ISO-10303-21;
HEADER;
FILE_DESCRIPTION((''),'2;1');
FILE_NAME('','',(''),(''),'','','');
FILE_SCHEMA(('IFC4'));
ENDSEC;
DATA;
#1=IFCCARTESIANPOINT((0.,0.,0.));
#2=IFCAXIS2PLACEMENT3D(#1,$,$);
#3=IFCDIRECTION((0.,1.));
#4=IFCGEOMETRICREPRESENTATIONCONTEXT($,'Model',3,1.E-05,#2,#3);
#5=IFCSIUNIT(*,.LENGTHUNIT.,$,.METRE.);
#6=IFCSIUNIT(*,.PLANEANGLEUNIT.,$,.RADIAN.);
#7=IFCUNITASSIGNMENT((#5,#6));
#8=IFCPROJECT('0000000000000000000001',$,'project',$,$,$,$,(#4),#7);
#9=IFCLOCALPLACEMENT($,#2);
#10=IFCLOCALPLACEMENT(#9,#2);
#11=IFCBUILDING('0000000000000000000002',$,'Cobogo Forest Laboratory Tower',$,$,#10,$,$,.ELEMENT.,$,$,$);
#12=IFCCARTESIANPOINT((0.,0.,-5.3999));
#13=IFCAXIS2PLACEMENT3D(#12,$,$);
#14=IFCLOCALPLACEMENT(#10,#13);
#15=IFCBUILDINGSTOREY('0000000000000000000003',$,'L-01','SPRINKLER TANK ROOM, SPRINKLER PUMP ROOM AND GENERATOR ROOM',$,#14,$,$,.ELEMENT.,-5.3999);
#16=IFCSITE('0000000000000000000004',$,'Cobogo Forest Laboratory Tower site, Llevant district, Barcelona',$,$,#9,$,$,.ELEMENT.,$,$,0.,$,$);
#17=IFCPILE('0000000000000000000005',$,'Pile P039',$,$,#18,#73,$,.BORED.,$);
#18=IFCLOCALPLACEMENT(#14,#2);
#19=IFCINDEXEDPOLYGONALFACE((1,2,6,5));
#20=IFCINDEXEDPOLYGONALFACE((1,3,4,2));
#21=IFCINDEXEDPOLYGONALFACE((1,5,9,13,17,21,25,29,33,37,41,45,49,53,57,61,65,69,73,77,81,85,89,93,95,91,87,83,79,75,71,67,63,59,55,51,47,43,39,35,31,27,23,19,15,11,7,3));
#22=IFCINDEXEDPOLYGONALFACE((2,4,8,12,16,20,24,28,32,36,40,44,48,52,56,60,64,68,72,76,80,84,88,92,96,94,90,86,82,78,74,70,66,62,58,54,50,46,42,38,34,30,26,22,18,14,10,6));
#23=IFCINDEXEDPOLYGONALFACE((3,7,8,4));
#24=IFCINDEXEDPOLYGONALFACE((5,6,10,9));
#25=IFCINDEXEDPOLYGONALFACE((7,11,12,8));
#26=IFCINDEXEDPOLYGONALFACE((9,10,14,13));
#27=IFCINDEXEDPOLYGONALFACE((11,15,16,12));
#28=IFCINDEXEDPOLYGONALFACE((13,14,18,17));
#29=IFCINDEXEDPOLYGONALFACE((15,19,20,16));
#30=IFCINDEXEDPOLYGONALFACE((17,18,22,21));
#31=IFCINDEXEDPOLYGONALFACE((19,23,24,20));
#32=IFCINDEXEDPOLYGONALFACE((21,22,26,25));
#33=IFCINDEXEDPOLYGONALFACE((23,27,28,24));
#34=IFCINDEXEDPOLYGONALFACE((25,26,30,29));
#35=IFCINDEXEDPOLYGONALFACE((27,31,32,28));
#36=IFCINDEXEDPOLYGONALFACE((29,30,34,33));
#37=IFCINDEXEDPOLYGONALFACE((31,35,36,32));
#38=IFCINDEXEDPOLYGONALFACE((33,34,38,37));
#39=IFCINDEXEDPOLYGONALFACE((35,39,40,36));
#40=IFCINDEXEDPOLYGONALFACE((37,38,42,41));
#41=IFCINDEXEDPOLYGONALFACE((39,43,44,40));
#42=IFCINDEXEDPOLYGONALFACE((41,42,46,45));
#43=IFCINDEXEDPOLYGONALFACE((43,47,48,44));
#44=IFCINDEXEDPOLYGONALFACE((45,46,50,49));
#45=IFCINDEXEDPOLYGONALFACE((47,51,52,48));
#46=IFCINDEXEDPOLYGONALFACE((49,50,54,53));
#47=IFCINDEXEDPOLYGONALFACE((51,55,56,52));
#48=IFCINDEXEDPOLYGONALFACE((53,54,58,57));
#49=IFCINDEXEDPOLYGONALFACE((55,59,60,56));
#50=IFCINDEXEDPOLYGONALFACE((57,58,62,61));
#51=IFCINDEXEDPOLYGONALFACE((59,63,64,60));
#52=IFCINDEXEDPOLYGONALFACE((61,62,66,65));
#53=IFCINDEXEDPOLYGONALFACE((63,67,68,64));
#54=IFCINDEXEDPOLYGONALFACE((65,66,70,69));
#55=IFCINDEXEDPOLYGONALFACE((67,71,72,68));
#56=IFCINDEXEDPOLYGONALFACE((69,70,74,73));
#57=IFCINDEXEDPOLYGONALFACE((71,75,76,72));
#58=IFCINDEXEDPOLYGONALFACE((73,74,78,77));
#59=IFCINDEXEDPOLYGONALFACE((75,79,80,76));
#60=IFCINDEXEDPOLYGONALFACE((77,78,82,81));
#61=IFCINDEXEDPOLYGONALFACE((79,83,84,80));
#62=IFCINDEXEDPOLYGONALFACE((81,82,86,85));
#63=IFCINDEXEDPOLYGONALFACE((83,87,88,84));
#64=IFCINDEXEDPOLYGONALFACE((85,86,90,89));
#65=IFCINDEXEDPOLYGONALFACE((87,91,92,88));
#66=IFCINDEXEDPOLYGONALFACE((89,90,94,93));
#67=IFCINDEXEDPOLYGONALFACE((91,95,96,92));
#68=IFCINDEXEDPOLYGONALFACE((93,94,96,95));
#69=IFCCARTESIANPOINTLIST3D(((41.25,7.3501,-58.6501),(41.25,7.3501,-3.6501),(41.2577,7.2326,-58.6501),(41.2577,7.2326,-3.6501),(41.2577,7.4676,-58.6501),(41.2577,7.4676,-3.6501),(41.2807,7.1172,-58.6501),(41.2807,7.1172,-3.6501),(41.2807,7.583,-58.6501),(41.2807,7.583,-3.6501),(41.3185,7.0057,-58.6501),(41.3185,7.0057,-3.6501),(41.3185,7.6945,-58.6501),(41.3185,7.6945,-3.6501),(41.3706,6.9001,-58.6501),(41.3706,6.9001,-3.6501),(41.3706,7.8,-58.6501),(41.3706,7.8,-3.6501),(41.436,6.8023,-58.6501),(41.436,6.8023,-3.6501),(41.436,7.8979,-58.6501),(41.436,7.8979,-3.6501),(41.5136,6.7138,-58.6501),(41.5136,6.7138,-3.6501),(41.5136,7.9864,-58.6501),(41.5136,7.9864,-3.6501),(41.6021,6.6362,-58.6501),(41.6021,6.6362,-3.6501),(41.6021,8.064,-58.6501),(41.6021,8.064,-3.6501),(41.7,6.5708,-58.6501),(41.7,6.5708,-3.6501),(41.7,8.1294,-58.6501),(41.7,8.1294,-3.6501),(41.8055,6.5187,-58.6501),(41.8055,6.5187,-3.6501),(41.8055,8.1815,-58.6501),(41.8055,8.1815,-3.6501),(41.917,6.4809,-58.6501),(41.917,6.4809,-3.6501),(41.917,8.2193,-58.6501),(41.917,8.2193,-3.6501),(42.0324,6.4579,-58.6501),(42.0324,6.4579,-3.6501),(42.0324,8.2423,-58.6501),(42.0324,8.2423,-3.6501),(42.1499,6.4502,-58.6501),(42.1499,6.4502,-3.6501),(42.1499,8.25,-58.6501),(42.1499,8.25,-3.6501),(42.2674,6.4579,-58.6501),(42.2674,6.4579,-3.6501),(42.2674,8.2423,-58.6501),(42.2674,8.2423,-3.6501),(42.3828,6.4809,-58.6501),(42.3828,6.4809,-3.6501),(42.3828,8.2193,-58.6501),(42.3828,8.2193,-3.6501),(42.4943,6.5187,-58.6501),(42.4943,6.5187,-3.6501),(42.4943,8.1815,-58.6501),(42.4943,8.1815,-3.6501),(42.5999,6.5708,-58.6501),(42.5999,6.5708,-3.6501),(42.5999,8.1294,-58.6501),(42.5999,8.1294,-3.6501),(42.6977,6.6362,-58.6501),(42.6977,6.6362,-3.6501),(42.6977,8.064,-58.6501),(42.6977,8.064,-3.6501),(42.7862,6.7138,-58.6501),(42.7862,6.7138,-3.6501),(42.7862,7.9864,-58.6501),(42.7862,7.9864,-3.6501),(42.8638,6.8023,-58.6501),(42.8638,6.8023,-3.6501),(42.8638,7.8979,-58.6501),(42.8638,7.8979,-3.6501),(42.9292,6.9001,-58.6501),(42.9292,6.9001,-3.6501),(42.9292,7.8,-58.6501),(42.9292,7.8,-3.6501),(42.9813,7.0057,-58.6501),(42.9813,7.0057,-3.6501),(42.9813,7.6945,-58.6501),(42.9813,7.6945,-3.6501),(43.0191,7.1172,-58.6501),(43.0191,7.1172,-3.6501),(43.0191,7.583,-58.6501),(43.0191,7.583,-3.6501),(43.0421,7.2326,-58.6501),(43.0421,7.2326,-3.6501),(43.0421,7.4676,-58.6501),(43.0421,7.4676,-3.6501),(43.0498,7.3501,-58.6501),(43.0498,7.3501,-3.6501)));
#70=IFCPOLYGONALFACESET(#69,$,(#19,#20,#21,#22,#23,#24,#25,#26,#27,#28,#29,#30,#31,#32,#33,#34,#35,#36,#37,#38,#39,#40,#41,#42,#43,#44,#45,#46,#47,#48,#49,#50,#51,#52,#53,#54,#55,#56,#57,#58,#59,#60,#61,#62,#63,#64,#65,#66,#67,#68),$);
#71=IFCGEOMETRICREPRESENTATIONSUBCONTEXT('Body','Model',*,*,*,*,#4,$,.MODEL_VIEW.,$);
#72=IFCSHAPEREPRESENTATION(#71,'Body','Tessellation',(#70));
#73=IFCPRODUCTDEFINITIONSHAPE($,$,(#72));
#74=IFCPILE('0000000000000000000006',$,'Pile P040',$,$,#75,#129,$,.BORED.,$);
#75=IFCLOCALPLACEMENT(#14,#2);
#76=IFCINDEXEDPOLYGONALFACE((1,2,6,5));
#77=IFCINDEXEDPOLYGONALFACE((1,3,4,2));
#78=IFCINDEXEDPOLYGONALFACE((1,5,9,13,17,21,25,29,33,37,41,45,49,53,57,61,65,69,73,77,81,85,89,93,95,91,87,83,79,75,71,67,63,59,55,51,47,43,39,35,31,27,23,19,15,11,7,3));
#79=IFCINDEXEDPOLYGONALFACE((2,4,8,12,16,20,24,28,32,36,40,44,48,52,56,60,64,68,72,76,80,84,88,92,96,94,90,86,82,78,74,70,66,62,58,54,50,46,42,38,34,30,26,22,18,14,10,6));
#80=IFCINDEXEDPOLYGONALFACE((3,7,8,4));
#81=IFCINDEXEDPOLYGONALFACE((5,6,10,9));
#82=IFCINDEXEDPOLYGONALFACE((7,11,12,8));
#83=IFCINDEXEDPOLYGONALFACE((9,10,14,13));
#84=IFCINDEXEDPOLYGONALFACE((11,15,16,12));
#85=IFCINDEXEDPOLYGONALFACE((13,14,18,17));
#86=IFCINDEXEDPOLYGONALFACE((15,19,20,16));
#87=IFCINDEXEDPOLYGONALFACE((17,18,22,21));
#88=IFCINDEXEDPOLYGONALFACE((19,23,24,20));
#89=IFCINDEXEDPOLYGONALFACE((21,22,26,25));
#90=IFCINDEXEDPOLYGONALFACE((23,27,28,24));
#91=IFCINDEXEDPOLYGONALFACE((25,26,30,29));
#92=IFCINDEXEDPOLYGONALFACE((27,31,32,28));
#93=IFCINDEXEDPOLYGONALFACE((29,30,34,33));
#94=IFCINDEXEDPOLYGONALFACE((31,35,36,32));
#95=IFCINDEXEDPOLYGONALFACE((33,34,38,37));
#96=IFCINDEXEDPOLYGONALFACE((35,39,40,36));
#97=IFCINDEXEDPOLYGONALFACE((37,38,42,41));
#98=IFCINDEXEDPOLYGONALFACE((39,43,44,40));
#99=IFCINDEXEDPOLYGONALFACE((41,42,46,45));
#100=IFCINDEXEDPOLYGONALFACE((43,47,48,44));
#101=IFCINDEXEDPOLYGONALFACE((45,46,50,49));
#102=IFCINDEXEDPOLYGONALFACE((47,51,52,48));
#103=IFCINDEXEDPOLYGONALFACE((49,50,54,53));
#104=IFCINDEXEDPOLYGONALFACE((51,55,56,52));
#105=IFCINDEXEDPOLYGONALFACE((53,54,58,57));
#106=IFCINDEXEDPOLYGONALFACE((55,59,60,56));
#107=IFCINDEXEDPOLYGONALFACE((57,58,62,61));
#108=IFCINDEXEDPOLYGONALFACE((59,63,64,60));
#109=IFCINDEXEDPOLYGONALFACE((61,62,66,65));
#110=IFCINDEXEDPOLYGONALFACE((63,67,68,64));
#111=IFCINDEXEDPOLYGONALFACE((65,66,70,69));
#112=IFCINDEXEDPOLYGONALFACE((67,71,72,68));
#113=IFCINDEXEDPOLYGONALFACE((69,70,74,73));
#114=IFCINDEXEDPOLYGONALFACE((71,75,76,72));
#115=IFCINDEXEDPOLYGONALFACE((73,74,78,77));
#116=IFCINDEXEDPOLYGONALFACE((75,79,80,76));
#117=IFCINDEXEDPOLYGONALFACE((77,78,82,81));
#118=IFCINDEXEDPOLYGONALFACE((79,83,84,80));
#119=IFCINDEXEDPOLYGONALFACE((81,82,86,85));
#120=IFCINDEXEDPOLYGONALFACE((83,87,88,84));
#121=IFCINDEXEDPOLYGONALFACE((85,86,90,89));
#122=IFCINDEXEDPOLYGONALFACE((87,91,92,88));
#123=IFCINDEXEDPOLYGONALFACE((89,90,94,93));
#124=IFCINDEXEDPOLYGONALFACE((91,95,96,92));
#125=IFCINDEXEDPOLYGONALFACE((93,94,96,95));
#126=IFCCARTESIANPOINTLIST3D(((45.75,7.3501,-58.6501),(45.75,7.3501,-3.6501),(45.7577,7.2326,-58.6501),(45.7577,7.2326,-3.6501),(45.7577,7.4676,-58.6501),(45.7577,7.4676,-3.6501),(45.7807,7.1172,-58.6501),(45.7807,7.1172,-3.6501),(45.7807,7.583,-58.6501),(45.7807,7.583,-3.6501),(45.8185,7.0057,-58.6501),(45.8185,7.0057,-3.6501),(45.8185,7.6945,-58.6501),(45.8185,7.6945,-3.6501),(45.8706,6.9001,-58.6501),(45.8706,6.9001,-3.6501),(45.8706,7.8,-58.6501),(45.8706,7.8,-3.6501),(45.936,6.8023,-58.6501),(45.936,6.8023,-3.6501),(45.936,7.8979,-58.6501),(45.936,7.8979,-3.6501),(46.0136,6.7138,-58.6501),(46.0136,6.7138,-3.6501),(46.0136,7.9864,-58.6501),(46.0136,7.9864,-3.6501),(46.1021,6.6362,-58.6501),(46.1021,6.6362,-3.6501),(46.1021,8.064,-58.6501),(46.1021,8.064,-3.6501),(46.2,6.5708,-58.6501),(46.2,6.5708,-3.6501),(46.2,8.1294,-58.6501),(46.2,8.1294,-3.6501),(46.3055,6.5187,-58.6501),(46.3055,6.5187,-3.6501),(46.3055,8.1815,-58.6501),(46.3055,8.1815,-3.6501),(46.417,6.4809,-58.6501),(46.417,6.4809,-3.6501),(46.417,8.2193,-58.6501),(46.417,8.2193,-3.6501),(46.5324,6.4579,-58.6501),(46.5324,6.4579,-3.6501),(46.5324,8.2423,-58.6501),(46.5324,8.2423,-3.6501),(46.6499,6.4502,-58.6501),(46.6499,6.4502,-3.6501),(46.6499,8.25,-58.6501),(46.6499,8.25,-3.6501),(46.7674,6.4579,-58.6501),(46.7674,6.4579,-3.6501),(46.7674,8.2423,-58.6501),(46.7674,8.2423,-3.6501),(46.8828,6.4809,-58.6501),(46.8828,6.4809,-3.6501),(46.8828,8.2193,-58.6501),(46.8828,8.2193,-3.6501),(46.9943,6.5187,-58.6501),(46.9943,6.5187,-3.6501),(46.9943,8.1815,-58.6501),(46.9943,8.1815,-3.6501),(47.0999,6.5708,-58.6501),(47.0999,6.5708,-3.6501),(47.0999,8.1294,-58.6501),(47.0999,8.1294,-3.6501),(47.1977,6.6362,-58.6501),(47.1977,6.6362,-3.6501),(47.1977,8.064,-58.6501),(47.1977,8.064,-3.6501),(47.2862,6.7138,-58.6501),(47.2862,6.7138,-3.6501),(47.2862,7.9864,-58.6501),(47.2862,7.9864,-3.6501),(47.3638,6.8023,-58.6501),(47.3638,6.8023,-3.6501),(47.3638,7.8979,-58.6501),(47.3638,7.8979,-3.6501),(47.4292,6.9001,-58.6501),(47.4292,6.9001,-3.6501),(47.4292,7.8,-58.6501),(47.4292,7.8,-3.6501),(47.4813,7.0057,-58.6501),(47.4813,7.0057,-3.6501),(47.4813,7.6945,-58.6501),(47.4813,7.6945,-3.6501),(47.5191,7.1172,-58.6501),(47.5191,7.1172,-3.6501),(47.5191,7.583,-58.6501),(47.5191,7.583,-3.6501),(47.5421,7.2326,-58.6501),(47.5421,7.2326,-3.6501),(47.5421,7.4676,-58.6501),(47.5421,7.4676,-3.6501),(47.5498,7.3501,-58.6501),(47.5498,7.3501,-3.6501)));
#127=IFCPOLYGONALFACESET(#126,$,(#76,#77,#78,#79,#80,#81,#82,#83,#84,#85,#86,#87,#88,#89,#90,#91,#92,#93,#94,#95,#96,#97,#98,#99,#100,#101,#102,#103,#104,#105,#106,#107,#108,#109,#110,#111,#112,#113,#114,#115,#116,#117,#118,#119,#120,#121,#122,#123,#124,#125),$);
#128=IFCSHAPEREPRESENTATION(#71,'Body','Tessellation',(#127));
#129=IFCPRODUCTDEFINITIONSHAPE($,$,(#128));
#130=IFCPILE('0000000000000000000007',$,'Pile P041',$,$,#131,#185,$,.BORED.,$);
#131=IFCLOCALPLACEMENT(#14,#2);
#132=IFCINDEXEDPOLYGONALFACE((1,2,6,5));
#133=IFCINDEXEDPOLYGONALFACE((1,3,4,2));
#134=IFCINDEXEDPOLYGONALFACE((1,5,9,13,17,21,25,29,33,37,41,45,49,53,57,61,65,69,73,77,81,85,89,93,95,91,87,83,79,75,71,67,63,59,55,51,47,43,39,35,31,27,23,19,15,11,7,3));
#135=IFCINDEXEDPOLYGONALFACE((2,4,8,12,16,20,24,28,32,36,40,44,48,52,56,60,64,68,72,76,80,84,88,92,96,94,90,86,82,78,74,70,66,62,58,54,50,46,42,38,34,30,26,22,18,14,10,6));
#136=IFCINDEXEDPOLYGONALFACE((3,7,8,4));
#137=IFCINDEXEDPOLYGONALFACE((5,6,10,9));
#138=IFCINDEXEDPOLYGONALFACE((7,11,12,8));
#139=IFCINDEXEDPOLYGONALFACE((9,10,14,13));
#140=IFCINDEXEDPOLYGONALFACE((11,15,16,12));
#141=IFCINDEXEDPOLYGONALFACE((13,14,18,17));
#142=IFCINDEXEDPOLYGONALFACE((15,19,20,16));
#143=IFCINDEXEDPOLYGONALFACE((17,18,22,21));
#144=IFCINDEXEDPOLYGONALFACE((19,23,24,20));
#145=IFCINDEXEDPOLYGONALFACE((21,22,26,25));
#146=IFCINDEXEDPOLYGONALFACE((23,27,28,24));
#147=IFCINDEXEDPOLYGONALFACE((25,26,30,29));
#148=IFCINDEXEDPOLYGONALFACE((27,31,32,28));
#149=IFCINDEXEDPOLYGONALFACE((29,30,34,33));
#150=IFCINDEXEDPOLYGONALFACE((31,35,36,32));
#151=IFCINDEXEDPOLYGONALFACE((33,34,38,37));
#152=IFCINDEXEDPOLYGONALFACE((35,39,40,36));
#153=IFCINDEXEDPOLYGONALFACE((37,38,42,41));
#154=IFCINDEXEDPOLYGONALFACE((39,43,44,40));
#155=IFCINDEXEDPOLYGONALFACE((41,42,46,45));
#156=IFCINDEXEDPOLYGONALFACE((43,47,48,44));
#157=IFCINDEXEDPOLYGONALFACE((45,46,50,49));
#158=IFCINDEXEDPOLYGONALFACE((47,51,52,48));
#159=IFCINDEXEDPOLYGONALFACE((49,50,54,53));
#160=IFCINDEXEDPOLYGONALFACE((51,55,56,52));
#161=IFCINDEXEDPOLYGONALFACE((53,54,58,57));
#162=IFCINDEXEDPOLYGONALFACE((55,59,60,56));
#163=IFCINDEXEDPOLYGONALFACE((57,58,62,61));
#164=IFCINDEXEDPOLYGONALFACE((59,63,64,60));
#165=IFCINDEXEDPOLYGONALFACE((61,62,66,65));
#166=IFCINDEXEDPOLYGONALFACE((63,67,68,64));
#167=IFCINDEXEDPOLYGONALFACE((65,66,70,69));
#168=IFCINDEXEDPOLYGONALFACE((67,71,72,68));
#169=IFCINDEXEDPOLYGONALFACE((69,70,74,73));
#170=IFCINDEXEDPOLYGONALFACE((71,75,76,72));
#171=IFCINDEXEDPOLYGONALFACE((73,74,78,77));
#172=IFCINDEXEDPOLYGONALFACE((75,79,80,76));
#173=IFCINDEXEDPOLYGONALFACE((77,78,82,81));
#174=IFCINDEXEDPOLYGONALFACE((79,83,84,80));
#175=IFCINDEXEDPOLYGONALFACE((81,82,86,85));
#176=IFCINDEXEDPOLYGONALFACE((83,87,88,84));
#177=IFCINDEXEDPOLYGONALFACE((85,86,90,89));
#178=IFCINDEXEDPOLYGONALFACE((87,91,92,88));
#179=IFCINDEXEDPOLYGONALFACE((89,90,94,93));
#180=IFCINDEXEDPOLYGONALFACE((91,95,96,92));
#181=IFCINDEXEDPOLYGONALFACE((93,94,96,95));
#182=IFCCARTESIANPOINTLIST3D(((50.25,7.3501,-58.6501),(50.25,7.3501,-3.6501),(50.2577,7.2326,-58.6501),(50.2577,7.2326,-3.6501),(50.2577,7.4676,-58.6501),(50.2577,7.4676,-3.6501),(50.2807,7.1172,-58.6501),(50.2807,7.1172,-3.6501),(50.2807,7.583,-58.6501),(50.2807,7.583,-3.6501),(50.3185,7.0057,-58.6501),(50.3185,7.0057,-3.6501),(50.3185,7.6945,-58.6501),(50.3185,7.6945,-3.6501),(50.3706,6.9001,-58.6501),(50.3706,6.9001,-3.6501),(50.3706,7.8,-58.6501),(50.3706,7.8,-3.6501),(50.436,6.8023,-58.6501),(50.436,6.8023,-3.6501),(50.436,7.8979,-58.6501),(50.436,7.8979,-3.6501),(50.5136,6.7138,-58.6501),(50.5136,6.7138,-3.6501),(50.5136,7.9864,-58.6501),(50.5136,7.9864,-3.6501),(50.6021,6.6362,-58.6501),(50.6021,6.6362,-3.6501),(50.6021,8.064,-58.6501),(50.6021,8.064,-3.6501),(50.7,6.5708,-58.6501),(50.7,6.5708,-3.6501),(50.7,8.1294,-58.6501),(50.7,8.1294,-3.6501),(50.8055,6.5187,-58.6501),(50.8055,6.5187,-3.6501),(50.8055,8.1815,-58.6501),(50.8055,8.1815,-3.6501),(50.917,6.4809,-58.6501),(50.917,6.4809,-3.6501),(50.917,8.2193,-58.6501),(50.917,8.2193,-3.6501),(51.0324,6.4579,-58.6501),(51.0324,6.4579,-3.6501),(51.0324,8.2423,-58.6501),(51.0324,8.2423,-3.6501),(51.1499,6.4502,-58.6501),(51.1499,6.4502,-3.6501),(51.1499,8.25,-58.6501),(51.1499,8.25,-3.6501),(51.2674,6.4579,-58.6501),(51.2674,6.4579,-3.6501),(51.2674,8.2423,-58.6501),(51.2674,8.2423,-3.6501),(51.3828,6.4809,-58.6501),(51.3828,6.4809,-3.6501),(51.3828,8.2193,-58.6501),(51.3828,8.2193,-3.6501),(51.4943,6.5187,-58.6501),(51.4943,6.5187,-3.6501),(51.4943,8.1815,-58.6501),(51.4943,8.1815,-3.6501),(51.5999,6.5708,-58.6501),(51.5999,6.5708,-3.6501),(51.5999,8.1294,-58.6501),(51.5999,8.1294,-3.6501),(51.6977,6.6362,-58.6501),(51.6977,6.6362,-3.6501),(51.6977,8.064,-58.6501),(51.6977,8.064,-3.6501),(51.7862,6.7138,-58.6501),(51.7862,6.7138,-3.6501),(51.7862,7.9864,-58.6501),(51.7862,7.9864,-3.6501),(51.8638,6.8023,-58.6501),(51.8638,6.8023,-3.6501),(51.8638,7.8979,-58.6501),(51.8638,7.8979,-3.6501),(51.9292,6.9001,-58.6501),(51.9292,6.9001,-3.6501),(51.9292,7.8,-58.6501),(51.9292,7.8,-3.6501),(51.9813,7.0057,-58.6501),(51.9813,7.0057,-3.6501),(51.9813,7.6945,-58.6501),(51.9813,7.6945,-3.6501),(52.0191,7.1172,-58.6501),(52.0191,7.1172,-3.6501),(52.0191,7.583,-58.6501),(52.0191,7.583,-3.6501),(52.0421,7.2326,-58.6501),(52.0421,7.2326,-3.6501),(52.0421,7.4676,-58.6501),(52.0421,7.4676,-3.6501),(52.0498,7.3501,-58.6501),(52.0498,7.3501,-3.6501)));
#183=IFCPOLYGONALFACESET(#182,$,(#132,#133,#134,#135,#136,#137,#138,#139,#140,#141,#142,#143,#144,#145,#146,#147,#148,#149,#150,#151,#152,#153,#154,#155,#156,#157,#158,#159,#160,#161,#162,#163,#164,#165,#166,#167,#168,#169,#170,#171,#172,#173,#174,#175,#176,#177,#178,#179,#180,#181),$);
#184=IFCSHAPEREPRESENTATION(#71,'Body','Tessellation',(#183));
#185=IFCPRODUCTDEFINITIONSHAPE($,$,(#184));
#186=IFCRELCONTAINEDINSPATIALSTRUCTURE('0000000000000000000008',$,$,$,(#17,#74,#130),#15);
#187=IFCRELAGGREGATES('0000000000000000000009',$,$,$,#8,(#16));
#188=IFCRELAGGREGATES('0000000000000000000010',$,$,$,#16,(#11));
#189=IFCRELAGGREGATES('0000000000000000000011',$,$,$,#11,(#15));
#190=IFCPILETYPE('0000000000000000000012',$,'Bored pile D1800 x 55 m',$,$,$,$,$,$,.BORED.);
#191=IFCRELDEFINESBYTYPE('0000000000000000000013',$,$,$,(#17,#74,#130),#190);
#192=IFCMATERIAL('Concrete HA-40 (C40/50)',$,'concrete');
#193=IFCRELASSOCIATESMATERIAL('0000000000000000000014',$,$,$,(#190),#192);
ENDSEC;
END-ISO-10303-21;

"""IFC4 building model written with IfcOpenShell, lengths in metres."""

from ifc_helpers import new_model, si_unit, direction, frame, origin, origin_2d, place, context, subcontext, project, spatial, circle, extrude, material, material_profile, profile_set, type_object, element, save


model = new_model("IFC4")

# Units and contexts
model_context = context("Model", 3, precision=1e-05, world=origin(), true_north=direction((0.0, 1.0)))
body_context = subcontext(model_context, "Body", "Model", "MODEL_VIEW")
ifc_project = project(units=[si_unit("LENGTHUNIT", "METRE"), si_unit("PLANEANGLEUNIT", "RADIAN")], contexts=[model_context])

# Site, building, storey
site_placement = place(None, origin())
site = spatial("IfcSite", under=ifc_project, at=site_placement, Name="Cobogo Forest Laboratory Tower site, Llevant district, Barcelona", CompositionType="ELEMENT", RefElevation=0.0)
building_placement = place(site_placement, origin())
building = spatial("IfcBuilding", under=site, at=building_placement, Name="Cobogo Forest Laboratory Tower", CompositionType="ELEMENT")
storey_placement = place(building_placement, frame((0.0, 0.0, -5.3999)))
storey = spatial("IfcBuildingStorey", under=building, at=storey_placement, Name="L-01", Description="SPRINKLER TANK ROOM, SPRINKLER PUMP ROOM AND GENERATOR ROOM", CompositionType="ELEMENT", Elevation=-5.3999)

# Piles
ifc_material_1 = material(Name="Concrete HA-40 (C40/50)", Category="concrete")
ifc_material_profile_1 = material_profile(ifc_material_1, circle(Radius=0.8999, at=origin_2d()), Name="PILE D1800")
ifc_profile_set_1 = profile_set([ifc_material_profile_1], Name="Concrete HA-40 (C40/50)")
pile_type_1 = type_object("IfcPileType", Name="Bored pile D1800 x 55 m", PredefinedType="BORED", material=ifc_profile_set_1)
for number, where, z_axis, x_axis, name in (
    (1, (42.1499, 7.3501, -3.6501), (0.0, 0.0, -1.0), (1.0, 0.0, 0.0), "Pile P039"),
    (2, (46.6499, 7.3501, -3.6501), (0.0, 0.0, -1.0), (1.0, 0.0, 0.0), "Pile P040"),
    (3, (51.1499, 7.3501, -3.6501), (0.0, 0.0, -1.0), (1.0, 0.0, 0.0), "Pile P041"),
):
    element("IfcPile", number, at=place(storey_placement, frame(where, z_axis=z_axis, x_axis=x_axis)), inside=storey, type_object=pile_type_1, Name=name, PredefinedType="BORED", context=body_context, shape_type="SweptSolid", body=[
        extrude(circle(Radius=0.8999, at=origin_2d()), origin(), (0.0, 0.0, 1.0), 55.0),
    ])

save(model, "model.ifc")
